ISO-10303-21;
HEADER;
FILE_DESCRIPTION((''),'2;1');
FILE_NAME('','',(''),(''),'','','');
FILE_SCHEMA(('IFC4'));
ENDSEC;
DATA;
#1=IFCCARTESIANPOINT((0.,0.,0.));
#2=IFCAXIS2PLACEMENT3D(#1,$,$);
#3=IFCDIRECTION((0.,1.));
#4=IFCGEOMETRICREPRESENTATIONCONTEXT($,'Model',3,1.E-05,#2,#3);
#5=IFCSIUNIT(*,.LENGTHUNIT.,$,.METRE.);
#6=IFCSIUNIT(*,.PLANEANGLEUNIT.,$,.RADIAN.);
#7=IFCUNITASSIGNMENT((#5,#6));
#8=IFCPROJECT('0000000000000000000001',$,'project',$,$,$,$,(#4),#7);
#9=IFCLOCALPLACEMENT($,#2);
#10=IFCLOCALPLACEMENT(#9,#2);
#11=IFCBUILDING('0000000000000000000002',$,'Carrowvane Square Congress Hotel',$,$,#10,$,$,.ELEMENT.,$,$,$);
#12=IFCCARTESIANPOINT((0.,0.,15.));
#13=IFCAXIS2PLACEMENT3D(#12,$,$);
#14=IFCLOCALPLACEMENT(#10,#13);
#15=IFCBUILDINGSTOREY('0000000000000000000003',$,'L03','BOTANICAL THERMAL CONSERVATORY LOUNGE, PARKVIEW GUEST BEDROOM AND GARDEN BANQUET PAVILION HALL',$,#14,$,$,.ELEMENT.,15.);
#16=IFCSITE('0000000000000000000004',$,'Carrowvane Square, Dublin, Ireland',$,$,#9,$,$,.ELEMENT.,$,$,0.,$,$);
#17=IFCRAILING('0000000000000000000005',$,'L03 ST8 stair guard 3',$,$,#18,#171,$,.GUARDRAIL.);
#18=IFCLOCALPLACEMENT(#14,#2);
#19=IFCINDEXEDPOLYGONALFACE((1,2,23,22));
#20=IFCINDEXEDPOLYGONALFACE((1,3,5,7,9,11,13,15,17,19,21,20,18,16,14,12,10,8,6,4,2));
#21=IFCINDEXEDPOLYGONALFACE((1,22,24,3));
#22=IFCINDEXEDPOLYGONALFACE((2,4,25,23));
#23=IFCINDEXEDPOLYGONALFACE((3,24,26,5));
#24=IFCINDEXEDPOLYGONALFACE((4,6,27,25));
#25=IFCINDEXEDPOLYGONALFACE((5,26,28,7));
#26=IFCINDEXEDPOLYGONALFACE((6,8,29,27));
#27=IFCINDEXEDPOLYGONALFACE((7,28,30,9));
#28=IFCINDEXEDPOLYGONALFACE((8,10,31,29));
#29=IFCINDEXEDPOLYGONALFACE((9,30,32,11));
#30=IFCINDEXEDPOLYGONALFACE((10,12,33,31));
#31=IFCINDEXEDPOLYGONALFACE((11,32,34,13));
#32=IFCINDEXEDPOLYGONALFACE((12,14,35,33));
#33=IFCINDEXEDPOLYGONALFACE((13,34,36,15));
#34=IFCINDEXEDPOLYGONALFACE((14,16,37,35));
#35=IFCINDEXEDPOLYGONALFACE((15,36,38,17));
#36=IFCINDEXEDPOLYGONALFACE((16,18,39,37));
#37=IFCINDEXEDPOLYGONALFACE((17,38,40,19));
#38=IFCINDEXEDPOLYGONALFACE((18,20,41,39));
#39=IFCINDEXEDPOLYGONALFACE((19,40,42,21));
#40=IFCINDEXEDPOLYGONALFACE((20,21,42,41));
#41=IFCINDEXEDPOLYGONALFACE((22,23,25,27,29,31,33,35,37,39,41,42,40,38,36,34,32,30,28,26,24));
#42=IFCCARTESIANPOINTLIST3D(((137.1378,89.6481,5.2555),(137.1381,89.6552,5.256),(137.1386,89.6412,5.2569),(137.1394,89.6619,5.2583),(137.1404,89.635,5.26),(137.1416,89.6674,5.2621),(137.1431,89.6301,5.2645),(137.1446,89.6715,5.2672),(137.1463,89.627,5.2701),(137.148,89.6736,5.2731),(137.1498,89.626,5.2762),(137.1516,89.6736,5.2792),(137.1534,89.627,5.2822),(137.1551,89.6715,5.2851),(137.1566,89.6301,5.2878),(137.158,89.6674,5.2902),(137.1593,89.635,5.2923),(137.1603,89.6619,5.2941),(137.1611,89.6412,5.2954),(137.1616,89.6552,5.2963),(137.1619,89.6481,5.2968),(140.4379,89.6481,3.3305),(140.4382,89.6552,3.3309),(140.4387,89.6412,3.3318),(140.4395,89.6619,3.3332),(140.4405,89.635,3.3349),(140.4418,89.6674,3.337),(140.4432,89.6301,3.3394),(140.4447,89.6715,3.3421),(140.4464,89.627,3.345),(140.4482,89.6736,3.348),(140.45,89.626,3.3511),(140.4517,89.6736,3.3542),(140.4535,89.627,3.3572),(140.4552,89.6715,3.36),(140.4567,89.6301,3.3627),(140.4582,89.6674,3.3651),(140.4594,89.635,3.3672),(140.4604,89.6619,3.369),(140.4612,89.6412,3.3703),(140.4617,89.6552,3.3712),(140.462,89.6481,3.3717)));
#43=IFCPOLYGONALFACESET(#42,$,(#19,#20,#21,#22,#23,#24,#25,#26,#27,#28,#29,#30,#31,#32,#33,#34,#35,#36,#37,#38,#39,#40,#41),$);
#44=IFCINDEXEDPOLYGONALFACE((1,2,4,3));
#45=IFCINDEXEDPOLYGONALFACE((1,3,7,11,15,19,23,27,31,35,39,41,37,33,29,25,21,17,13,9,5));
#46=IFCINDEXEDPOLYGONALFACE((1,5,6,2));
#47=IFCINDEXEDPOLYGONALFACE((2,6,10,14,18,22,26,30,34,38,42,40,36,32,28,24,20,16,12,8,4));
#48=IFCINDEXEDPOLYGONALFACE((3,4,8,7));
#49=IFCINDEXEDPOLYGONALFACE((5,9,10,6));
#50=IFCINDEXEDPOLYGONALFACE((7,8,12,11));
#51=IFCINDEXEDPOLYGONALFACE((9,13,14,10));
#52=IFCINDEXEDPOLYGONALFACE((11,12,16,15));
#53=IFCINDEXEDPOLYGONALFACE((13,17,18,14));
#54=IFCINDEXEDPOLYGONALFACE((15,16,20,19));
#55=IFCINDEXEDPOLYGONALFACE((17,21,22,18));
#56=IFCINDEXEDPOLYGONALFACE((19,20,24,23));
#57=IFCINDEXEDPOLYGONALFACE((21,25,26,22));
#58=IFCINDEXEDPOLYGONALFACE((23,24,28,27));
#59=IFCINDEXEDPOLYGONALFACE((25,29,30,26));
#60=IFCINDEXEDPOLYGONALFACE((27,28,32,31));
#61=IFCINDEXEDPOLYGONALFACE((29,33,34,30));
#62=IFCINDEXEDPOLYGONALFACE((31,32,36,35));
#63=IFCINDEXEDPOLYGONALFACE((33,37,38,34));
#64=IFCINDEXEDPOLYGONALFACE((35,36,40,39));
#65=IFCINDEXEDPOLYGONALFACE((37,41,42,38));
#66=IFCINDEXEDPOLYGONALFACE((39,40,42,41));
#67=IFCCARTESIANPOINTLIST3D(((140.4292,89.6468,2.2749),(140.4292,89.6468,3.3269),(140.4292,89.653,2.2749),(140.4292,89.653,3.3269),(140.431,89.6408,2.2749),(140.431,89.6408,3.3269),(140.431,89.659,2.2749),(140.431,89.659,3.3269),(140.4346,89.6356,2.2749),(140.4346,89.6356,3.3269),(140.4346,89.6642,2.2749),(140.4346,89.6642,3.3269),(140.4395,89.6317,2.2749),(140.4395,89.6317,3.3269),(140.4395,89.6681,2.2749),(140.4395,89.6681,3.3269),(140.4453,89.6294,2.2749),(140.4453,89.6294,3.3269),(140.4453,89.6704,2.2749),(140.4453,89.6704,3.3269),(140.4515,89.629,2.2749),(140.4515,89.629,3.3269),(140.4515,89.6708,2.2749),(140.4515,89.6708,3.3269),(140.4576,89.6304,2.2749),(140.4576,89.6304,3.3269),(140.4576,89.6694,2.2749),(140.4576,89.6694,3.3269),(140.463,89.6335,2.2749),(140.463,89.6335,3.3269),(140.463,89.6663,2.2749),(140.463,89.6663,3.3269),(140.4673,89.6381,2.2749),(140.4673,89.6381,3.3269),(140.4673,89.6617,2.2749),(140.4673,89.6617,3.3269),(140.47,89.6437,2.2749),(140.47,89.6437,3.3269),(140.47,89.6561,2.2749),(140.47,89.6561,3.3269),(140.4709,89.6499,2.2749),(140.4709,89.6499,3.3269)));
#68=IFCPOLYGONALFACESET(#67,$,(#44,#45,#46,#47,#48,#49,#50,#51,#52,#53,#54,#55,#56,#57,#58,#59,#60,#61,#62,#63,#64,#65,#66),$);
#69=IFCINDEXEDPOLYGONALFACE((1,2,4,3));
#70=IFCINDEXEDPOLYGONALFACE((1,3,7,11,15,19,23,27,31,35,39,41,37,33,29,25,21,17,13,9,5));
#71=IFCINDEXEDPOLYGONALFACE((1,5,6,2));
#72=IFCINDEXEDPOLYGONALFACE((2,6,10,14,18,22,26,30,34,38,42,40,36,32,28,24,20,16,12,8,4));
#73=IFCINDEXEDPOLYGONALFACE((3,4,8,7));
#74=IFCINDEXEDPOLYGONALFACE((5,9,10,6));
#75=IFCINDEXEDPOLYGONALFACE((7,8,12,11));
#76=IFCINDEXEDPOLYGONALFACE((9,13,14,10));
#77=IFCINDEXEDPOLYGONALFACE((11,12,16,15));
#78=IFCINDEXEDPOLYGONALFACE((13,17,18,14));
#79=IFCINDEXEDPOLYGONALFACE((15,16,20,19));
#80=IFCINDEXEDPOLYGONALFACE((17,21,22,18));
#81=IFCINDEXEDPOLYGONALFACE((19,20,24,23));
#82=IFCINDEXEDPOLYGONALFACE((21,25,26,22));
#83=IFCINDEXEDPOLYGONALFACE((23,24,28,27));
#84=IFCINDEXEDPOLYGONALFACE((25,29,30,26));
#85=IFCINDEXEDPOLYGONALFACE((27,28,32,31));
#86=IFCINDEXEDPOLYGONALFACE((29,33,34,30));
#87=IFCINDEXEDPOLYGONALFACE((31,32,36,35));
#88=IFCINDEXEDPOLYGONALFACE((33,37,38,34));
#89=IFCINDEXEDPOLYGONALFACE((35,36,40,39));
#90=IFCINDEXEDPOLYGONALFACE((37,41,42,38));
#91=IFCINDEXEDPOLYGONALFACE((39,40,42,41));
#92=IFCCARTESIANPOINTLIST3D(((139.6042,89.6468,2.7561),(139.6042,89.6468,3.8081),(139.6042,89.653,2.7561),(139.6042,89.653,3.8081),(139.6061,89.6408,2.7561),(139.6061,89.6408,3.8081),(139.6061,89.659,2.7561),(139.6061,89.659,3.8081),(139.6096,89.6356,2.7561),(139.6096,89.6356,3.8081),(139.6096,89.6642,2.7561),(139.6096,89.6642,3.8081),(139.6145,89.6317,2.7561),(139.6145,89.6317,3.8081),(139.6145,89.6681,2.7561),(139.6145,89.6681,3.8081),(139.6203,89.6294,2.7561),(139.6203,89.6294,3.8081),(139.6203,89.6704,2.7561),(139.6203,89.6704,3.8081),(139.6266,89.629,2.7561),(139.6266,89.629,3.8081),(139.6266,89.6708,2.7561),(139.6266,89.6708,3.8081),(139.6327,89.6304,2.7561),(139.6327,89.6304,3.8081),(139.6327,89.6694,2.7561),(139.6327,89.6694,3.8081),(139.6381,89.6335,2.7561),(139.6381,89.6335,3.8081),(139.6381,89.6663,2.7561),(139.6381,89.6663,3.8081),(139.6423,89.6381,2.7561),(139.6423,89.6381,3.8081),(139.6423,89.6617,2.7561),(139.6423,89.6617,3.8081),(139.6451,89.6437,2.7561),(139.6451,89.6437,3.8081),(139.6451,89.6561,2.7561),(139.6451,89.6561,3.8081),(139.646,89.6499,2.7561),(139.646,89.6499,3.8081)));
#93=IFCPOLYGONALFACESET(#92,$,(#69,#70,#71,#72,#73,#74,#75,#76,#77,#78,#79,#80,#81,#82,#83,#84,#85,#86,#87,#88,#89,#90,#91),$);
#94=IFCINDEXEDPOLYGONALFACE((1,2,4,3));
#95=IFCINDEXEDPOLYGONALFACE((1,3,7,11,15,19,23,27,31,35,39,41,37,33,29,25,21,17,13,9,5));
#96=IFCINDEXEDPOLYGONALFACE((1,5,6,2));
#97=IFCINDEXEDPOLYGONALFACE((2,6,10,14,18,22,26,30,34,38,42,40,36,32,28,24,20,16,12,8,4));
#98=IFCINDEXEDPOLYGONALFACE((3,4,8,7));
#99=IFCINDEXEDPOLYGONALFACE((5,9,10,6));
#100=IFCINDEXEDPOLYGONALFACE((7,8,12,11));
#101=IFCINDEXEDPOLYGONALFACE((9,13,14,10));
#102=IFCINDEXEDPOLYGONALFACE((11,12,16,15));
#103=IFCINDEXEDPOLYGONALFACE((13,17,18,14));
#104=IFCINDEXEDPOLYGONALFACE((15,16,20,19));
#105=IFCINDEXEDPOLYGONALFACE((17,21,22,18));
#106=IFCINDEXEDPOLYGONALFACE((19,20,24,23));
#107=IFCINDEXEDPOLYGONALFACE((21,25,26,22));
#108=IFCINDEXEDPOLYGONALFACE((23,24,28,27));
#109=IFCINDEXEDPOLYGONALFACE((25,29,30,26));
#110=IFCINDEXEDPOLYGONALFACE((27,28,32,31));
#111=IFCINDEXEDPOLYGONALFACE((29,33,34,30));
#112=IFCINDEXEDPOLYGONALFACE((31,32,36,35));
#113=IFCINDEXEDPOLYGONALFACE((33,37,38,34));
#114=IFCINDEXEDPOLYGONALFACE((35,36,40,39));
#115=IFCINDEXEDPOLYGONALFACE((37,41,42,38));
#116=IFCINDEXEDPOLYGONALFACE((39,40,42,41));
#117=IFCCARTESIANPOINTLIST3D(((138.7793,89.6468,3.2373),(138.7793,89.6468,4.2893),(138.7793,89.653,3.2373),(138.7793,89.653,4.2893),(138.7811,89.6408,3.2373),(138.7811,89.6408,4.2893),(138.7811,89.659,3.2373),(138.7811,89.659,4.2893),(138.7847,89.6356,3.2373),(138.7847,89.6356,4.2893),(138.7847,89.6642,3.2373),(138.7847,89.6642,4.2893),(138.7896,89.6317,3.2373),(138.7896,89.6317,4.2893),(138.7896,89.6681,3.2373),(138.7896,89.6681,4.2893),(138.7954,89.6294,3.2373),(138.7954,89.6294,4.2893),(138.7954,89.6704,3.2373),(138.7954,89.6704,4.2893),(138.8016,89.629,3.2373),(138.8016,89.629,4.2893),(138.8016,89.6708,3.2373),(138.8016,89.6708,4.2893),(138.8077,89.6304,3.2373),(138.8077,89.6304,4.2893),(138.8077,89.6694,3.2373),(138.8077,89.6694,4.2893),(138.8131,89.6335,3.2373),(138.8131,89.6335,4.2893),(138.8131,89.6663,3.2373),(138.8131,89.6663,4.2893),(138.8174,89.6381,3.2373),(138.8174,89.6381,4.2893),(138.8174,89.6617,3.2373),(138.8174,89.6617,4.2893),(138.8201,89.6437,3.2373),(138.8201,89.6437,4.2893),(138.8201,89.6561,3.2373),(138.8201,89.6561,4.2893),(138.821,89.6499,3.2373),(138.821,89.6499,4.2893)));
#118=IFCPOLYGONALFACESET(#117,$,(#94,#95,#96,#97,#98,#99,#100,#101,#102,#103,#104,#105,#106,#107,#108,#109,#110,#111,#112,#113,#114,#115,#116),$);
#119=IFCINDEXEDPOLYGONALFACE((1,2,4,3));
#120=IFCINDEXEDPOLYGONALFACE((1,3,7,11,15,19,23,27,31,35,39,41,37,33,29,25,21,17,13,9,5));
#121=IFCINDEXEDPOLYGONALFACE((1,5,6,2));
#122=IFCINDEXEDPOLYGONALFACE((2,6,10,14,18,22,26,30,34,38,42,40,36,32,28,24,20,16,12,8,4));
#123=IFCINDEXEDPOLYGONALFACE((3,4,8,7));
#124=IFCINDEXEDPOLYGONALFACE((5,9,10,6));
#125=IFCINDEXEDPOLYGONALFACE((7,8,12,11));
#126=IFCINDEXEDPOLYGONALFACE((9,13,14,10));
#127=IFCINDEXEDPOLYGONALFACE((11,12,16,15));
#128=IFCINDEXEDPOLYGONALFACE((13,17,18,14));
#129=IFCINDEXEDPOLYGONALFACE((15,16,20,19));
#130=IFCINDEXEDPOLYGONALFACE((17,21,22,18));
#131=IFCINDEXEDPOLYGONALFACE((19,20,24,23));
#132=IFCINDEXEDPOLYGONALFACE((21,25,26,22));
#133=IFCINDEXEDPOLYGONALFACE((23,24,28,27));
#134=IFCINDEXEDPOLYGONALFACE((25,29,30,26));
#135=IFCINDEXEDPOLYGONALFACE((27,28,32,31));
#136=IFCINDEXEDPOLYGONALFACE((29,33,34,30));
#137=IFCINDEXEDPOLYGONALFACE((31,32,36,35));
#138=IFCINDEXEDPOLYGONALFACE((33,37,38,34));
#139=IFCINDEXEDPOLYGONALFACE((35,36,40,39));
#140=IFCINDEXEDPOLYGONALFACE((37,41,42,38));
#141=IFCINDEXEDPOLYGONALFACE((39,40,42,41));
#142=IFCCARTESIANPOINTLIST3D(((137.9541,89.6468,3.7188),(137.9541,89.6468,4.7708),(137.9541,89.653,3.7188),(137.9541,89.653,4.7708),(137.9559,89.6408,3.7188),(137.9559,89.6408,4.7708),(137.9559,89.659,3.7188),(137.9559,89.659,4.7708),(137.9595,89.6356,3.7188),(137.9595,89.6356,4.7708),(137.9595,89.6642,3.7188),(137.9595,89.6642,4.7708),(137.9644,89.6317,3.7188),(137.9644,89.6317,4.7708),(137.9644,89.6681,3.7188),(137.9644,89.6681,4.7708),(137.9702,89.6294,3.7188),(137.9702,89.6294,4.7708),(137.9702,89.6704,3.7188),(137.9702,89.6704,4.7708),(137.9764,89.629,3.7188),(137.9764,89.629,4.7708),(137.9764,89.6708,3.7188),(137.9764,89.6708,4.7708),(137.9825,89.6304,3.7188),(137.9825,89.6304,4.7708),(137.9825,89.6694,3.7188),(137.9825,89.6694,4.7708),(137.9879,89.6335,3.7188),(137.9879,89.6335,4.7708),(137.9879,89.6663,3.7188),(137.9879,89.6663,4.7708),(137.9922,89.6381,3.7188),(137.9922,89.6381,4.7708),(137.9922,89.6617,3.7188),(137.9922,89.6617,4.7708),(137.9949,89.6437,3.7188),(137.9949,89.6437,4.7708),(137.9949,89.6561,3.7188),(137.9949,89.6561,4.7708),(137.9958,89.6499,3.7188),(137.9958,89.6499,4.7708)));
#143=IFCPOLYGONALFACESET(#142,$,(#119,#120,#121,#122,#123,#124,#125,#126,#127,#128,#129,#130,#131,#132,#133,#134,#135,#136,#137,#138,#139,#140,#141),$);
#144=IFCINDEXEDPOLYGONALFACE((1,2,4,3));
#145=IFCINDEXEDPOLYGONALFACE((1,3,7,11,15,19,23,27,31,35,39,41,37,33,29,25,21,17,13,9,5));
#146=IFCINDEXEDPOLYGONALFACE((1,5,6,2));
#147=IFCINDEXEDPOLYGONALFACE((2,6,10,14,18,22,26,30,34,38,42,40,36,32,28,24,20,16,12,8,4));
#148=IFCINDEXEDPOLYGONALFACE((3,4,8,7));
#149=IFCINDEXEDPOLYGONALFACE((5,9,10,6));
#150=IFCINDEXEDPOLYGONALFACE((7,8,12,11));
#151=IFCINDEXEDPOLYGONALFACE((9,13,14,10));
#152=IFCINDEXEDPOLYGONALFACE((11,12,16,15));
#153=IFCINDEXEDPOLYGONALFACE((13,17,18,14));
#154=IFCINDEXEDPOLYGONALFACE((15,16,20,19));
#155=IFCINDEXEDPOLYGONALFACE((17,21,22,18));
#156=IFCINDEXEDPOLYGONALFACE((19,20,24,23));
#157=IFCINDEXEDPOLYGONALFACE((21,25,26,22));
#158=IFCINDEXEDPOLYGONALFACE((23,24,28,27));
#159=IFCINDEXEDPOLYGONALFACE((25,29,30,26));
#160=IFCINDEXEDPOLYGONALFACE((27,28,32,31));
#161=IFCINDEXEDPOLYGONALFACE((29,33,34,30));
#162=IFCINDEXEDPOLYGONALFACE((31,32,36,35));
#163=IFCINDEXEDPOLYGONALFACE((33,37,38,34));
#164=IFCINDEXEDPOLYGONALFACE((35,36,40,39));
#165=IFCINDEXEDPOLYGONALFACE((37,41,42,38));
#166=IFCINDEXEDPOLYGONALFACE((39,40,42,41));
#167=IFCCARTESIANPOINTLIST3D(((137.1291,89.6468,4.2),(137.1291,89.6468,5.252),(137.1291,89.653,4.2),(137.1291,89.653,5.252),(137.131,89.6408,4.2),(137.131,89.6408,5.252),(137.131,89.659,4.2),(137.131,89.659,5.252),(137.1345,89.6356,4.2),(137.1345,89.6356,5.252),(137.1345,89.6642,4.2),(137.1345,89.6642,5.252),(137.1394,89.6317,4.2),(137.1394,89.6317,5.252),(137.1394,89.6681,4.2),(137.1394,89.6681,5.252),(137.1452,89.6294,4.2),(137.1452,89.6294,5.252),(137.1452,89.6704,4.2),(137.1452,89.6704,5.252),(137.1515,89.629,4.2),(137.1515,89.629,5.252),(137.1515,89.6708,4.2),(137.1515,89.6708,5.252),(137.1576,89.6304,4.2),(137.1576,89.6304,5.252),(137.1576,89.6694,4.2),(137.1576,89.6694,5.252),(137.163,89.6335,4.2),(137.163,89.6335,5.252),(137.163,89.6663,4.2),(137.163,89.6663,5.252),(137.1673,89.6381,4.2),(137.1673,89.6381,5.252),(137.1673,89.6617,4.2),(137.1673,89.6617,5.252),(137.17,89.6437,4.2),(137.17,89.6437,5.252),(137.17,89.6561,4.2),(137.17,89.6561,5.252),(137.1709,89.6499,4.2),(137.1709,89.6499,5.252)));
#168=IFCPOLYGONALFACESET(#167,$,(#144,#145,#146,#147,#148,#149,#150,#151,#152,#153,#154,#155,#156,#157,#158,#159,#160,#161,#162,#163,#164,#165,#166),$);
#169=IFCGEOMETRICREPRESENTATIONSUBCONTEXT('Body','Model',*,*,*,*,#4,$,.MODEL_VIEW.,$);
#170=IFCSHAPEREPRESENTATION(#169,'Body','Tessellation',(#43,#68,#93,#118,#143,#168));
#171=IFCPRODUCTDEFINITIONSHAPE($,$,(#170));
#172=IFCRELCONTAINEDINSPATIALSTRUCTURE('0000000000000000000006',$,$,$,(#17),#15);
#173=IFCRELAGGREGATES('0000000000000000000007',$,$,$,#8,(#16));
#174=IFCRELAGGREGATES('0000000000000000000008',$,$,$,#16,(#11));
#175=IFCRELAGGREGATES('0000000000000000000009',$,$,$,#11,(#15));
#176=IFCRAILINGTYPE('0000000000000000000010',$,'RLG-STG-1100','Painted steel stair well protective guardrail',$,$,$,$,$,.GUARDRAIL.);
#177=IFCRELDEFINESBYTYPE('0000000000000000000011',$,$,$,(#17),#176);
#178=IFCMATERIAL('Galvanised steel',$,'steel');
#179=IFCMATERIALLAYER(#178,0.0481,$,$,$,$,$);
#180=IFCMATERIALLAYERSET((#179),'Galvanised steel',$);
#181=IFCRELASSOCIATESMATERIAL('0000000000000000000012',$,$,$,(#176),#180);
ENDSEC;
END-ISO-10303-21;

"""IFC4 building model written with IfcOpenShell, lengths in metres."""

from ifc_helpers import new_model, si_unit, direction, frame, origin, origin_2d, place, context, subcontext, project, spatial, circle, extrude, material, layer, layer_set, type_object, element, save


model = new_model("IFC4")

# Units and contexts
model_context = context("Model", 3, precision=1e-05, world=origin(), true_north=direction((0.0, 1.0)))
body_context = subcontext(model_context, "Body", "Model", "MODEL_VIEW")
ifc_project = project(units=[si_unit("LENGTHUNIT", "METRE"), si_unit("PLANEANGLEUNIT", "RADIAN")], contexts=[model_context])

# Site, building, storey
site_placement = place(None, origin())
site = spatial("IfcSite", under=ifc_project, at=site_placement, Name="Carrowvane Square, Dublin, Ireland", CompositionType="ELEMENT", RefElevation=0.0)
building_placement = place(site_placement, origin())
building = spatial("IfcBuilding", under=site, at=building_placement, Name="Carrowvane Square Congress Hotel", CompositionType="ELEMENT")
storey_placement = place(building_placement, frame((0.0, 0.0, 15.0)))
storey = spatial("IfcBuildingStorey", under=building, at=storey_placement, Name="L03", Description="BOTANICAL THERMAL CONSERVATORY LOUNGE, PARKVIEW GUEST BEDROOM AND GARDEN BANQUET PAVILION HALL", CompositionType="ELEMENT", Elevation=15.0)

# Railing
ifc_material_1 = material(Name="Galvanised steel", Category="steel")
ifc_layer_1 = layer(ifc_material_1, 0.0481)
ifc_layer_set_1 = layer_set([ifc_layer_1], Name="Galvanised steel")
railing_type_1 = type_object("IfcRailingType", Name="RLG-STG-1100", Description="Painted steel stair well protective guardrail", PredefinedType="GUARDRAIL", material=ifc_layer_set_1)
railing_1_placement = place(storey_placement, frame((140.45, 89.6499, 2.2749)))
element("IfcRailing", 1, at=railing_1_placement, inside=storey, type_object=railing_type_1, Name="L03 ST8 stair guard 3", PredefinedType="GUARDRAIL", context=body_context, shape_type="SweptSolid", body=[
    extrude(circle(Radius=0.0239, at=origin_2d()), frame((0.0, 0.0, 1.0762), z_axis=(-0.863777, 0.0, 0.503875), x_axis=(0.0, -1.0, 0.0)), (0.0, 0.0, 1.0), 3.8206),
    extrude(circle(Radius=0.021, at=origin_2d()), origin(), (0.0, 0.0, 1.0), 1.052),
    extrude(circle(Radius=0.021, at=origin_2d()), frame((-0.825, 0.0, 0.4812)), (0.0, 0.0, 1.0), 1.052),
    extrude(circle(Radius=0.021, at=origin_2d()), frame((-1.6499, 0.0, 0.9624)), (0.0, 0.0, 1.0), 1.052),
    extrude(circle(Radius=0.021, at=origin_2d()), frame((-2.4751, 0.0, 1.4438)), (0.0, 0.0, 1.0), 1.052),
    extrude(circle(Radius=0.021, at=origin_2d()), frame((-3.3, 0.0, 1.925)), (0.0, 0.0, 1.0), 1.052),
])

save(model, "model.ifc")
